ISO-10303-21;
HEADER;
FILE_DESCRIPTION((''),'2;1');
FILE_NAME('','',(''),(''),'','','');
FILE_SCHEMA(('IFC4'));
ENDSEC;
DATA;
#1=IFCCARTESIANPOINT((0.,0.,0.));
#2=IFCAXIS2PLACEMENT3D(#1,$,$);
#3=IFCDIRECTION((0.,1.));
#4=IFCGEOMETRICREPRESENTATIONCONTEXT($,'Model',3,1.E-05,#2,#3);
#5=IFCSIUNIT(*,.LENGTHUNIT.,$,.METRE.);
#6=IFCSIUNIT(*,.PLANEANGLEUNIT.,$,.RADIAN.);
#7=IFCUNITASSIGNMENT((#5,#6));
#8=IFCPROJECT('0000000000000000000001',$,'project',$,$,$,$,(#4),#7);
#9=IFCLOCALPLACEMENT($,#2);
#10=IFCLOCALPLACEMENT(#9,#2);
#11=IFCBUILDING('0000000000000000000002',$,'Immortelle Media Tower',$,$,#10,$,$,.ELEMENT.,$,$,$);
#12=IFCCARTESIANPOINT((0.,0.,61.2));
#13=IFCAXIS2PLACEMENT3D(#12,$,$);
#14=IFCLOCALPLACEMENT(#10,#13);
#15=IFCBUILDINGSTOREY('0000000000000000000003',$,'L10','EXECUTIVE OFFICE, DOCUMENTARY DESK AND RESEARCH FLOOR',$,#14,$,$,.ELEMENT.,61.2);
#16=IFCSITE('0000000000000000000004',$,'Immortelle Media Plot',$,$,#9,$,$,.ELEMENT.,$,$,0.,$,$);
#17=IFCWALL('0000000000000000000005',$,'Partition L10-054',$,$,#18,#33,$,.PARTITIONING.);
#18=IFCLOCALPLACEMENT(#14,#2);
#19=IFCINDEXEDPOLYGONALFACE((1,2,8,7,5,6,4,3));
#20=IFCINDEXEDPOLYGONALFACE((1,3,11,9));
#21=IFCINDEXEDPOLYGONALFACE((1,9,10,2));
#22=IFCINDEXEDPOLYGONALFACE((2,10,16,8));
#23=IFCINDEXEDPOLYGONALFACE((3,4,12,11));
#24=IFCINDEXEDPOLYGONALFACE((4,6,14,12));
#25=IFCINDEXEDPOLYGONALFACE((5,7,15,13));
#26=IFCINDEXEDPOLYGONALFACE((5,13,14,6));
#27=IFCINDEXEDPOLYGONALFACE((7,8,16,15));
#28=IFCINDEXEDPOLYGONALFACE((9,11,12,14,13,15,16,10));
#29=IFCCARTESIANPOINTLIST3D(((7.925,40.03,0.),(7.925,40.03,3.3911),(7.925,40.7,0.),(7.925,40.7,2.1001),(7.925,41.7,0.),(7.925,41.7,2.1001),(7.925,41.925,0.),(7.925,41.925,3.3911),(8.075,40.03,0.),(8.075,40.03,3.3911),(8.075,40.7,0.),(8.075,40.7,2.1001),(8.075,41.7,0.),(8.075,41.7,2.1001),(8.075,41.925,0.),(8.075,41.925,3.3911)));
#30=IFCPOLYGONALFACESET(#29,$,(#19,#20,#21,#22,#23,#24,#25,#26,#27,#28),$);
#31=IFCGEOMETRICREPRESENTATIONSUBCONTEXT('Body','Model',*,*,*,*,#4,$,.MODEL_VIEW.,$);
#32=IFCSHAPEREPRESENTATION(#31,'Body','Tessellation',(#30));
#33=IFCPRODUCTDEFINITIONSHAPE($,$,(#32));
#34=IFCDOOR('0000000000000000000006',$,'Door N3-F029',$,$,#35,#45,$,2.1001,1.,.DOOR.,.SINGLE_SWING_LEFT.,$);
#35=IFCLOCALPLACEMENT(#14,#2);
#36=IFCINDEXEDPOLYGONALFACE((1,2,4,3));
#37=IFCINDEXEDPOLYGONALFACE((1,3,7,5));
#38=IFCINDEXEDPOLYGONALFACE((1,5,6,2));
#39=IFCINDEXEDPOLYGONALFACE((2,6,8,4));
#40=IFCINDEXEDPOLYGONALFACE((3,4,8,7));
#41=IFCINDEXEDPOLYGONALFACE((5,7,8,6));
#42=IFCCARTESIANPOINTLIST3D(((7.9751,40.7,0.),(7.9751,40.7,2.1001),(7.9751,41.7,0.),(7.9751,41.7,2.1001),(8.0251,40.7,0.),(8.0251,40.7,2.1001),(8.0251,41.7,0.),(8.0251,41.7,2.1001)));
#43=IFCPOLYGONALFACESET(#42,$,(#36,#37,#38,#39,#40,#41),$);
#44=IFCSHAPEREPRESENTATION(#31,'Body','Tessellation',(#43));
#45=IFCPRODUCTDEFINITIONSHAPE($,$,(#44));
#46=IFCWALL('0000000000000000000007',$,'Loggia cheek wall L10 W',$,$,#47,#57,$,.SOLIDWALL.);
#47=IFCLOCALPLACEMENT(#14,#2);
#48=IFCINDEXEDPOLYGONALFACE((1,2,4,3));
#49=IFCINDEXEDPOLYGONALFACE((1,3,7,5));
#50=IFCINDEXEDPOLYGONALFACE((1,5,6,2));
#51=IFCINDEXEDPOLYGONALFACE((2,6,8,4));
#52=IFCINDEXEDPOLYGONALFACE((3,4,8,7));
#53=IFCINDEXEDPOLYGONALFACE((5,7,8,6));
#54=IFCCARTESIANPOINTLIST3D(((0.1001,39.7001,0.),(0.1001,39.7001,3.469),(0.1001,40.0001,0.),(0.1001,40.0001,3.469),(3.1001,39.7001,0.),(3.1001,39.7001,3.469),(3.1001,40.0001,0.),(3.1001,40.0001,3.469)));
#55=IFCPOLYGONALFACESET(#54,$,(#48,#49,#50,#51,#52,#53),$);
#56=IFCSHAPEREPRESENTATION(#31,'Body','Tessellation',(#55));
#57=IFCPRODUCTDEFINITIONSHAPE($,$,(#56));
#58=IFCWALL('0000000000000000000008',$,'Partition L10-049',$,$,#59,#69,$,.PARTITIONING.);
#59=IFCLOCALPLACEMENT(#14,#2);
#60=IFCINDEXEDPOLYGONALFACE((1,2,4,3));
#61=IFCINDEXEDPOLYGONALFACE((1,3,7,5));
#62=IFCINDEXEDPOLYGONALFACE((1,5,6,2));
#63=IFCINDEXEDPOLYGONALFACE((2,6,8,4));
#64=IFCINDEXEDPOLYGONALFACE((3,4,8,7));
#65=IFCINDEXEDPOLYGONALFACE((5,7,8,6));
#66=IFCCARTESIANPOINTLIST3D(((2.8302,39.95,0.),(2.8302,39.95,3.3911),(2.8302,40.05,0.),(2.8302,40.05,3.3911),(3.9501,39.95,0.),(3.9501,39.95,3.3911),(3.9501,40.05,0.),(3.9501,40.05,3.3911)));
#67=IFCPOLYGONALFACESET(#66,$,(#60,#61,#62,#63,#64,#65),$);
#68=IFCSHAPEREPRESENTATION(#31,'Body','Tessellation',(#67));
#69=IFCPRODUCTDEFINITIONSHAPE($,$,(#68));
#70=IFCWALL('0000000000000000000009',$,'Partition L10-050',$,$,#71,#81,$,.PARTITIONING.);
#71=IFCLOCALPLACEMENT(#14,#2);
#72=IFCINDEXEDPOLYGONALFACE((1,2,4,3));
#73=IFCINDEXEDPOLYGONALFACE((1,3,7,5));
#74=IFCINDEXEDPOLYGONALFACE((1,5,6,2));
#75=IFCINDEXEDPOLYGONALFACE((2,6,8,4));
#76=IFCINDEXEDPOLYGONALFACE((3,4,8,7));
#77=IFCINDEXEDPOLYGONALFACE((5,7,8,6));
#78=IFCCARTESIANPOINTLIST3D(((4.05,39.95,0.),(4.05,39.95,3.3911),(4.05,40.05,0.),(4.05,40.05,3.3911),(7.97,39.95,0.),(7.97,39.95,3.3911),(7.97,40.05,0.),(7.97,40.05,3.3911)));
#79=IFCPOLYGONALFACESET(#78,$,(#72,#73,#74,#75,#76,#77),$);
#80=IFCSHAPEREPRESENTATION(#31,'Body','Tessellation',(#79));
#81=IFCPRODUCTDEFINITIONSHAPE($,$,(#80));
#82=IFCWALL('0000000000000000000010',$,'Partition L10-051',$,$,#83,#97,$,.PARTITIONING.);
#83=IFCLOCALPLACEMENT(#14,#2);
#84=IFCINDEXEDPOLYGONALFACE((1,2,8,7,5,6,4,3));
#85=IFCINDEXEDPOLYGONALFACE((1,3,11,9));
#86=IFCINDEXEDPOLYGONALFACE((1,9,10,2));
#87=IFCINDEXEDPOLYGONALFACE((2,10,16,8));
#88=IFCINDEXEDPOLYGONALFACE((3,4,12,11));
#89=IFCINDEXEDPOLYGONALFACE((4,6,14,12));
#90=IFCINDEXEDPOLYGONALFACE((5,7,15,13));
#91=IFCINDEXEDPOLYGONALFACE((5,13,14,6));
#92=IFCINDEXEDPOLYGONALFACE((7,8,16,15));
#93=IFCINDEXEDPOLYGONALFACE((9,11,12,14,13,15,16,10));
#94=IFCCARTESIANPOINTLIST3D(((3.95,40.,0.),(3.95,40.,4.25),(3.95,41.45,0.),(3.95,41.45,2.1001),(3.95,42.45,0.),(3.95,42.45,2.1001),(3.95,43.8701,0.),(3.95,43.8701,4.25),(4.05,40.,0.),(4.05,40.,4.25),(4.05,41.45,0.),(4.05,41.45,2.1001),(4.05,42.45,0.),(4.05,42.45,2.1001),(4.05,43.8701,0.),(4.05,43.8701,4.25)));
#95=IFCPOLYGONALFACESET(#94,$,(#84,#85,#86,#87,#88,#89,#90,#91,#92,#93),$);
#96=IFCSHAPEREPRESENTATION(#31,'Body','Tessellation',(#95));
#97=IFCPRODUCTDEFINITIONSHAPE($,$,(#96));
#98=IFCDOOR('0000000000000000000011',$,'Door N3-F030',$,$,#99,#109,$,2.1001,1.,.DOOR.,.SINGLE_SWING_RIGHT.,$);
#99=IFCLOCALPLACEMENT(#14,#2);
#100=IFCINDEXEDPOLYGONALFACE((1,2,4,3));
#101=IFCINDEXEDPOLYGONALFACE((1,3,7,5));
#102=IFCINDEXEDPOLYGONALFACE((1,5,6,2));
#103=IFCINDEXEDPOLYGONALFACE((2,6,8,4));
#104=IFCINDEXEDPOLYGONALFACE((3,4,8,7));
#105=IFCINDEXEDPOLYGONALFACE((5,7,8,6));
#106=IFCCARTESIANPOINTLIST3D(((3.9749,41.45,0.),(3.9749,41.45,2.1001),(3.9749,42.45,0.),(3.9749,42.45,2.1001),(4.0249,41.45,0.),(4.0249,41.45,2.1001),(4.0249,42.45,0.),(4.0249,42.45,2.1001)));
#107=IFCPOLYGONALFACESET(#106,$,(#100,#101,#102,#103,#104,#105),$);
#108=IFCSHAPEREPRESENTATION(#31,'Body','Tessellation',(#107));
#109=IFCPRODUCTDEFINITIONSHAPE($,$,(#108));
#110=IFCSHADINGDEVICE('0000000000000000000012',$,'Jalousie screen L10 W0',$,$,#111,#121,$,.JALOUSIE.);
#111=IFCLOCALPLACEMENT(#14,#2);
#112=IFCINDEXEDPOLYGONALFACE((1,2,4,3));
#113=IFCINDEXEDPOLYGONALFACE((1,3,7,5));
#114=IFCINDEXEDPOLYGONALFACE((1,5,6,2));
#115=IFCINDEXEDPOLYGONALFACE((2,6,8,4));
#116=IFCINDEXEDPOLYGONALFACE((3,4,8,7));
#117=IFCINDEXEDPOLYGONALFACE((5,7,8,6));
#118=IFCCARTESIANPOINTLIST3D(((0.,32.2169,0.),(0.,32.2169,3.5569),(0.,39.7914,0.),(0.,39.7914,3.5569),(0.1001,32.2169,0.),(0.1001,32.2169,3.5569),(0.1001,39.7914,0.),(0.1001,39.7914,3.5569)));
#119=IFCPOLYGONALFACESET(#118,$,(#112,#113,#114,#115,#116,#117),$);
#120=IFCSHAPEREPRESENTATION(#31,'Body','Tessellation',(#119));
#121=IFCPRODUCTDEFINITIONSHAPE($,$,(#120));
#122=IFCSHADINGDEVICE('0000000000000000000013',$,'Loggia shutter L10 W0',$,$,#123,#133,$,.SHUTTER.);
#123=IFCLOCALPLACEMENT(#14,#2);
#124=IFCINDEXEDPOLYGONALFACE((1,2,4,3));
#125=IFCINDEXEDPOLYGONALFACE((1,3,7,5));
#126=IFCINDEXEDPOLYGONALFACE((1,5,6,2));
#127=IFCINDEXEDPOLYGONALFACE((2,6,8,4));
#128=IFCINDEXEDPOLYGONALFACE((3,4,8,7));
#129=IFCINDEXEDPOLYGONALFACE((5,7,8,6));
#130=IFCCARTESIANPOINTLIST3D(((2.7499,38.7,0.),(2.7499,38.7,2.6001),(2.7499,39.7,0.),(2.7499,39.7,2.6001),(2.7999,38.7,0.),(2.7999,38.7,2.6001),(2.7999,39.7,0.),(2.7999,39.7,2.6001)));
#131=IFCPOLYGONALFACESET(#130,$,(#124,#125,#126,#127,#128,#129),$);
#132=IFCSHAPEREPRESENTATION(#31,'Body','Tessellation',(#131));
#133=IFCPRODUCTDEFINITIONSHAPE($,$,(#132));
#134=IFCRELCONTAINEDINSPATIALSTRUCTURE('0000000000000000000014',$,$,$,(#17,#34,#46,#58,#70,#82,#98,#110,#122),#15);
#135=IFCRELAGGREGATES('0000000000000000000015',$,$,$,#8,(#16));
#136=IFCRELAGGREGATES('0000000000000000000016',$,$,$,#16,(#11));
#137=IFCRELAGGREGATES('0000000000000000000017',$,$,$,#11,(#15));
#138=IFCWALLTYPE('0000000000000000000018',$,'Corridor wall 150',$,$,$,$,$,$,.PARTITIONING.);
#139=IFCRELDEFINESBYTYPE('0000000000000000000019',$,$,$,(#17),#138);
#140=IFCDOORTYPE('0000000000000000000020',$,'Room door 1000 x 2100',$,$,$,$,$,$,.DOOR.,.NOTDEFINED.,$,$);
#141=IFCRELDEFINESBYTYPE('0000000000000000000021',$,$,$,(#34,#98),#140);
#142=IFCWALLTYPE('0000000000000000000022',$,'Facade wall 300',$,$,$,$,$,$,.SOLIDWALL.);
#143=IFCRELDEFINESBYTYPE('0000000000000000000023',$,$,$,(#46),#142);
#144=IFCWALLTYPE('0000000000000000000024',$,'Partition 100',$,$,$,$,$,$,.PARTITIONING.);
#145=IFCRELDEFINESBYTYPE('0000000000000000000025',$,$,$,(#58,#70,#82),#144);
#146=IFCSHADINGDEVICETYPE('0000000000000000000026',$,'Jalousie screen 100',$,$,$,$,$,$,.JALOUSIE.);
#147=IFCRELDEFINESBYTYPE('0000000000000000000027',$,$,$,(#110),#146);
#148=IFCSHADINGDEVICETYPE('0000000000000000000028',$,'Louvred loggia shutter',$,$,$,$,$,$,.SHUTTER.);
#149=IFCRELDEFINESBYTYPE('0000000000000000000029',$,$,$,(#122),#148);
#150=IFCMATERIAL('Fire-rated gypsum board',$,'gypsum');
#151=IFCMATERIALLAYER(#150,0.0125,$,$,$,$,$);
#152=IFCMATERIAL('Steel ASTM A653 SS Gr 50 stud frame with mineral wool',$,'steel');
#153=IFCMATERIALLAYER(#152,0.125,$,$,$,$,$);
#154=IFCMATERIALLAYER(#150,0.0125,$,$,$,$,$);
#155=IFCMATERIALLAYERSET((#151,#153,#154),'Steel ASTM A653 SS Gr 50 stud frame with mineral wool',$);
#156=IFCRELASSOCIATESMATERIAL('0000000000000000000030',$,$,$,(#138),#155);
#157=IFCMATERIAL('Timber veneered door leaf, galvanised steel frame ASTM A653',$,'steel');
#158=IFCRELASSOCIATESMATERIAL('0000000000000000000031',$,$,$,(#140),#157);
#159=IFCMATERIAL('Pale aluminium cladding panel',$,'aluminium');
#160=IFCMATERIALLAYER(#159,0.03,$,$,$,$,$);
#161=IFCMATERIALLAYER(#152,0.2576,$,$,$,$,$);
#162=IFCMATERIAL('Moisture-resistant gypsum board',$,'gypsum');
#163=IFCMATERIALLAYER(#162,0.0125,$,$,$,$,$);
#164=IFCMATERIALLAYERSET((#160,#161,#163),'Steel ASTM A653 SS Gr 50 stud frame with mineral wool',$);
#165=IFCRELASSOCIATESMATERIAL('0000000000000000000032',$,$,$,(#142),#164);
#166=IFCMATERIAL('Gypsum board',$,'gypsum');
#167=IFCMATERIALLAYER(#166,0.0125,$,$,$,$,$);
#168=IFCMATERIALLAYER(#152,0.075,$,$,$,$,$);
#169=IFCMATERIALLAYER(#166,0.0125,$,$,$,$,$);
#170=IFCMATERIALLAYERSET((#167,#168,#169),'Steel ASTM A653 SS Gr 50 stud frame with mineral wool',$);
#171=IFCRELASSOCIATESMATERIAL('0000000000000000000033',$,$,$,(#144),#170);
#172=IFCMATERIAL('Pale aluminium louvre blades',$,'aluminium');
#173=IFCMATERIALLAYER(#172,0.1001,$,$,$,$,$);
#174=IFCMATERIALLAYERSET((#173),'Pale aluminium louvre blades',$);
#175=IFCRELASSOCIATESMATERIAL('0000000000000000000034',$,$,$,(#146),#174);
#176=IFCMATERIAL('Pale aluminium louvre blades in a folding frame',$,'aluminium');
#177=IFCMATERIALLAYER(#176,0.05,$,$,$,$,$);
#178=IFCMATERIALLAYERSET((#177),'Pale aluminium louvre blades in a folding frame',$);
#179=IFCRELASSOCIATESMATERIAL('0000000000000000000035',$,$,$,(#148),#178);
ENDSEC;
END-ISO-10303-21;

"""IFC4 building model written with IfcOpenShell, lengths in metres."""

from ifc_helpers import new_model, si_unit, direction, frame, frame_2d, origin, origin_2d, place, context, subcontext, project, spatial, rectangle, extrude, material, layer, layer_set, type_object, element, fill, save


model = new_model("IFC4")

# Units and contexts
model_context = context("Model", 3, precision=1e-05, world=origin(), true_north=direction((0.0, 1.0)))
body_context = subcontext(model_context, "Body", "Model", "MODEL_VIEW")
ifc_project = project(units=[si_unit("LENGTHUNIT", "METRE"), si_unit("PLANEANGLEUNIT", "RADIAN")], contexts=[model_context])

# Site, building, storey
site_placement = place(None, origin())
site = spatial("IfcSite", under=ifc_project, at=site_placement, Name="Immortelle Media Plot", CompositionType="ELEMENT", RefElevation=0.0)
building_placement = place(site_placement, origin())
building = spatial("IfcBuilding", under=site, at=building_placement, Name="Immortelle Media Tower", CompositionType="ELEMENT")
storey_placement = place(building_placement, frame((0.0, 0.0, 61.2)))
storey = spatial("IfcBuildingStorey", under=building, at=storey_placement, Name="L10", Description="EXECUTIVE OFFICE, DOCUMENTARY DESK AND RESEARCH FLOOR", CompositionType="ELEMENT", Elevation=61.2)

# Wall, opening, door
ifc_material_1 = material(Name="Fire-rated gypsum board", Category="gypsum")
ifc_layer_1 = layer(ifc_material_1, 0.0125)
ifc_material_2 = material(Name="Steel ASTM A653 SS Gr 50 stud frame with mineral wool", Category="steel")
ifc_layer_2 = layer(ifc_material_2, 0.125)
ifc_layer_3 = layer(ifc_material_1, 0.0125)
ifc_layer_set_1 = layer_set([ifc_layer_1, ifc_layer_2, ifc_layer_3], Name="Steel ASTM A653 SS Gr 50 stud frame with mineral wool")
wall_type_1 = type_object("IfcWallType", Name="Corridor wall 150", PredefinedType="PARTITIONING", material=ifc_layer_set_1)
wall_1_placement = place(storey_placement, frame((8.0, 40.03, 0.0), z_axis=(0.0, 0.0, 1.0), x_axis=(0.0, 1.0, 0.0)))
wall_1 = element("IfcWall", 1, at=wall_1_placement, inside=storey, type_object=wall_type_1, Name="Partition L10-054", PredefinedType="PARTITIONING", context=body_context, shape_type="SweptSolid", body=[
    extrude(rectangle(XDim=1.895, YDim=0.1499, at=frame_2d((0.9475, 0.0))), origin(), (0.0, 0.0, 1.0), 3.3911),
])
opening_1_placement = place(wall_1_placement, frame((0.6699, 0.0, 0.0)))
opening_1 = element("IfcOpeningElement", 2, at=opening_1_placement, cuts=wall_1, PredefinedType="OPENING", context=body_context, shape_type="SweptSolid", body=[
    extrude(rectangle(XDim=1.0, YDim=2.1001, at=frame_2d((0.5, 1.05))), frame((0.0, 0.085, 0.0), z_axis=(0.0, -1.0, 0.0), x_axis=(1.0, 0.0, 0.0)), (0.0, 0.0, 1.0), 0.1699),
])
ifc_material_3 = material(Name="Timber veneered door leaf, galvanised steel frame ASTM A653", Category="steel")
door_type_1 = type_object("IfcDoorType", Name="Room door 1000 x 2100", OperationType="NOTDEFINED", PredefinedType="DOOR", material=ifc_material_3)
door_1_placement = place(opening_1_placement, origin())
door_1 = element("IfcDoor", 3, at=door_1_placement, inside=storey, type_object=door_type_1, Name="Door N3-F029", OperationType="SINGLE_SWING_LEFT", OverallHeight=2.1001, OverallWidth=1.0, PredefinedType="DOOR", context=body_context, shape_type="SweptSolid", body=[
    extrude(rectangle(XDim=1.0, YDim=2.1001, at=frame_2d((0.5, 1.05))), frame((0.0, 0.0249, 0.0), z_axis=(0.0, -1.0, 0.0), x_axis=(1.0, 0.0, 0.0)), (0.0, 0.0, 1.0), 0.05),
])
fill(opening_1, door_1)

# Shared definitions
ifc_material_4 = material(Name="Pale aluminium cladding panel", Category="aluminium")
ifc_layer_4 = layer(ifc_material_4, 0.03)
ifc_layer_5 = layer(ifc_material_2, 0.2576)
ifc_material_5 = material(Name="Moisture-resistant gypsum board", Category="gypsum")
ifc_layer_6 = layer(ifc_material_5, 0.0125)
ifc_layer_set_2 = layer_set([ifc_layer_4, ifc_layer_5, ifc_layer_6], Name="Steel ASTM A653 SS Gr 50 stud frame with mineral wool")
wall_type_2 = type_object("IfcWallType", Name="Facade wall 300", PredefinedType="SOLIDWALL", material=ifc_layer_set_2)

# Walls
wall_2_placement = place(storey_placement, frame((0.1001, 39.8501, 0.0), z_axis=(0.0, 0.0, 1.0), x_axis=(1.0, 0.0, 0.0)))
element("IfcWall", 4, at=wall_2_placement, inside=storey, type_object=wall_type_2, Name="Loggia cheek wall L10 W", PredefinedType="SOLIDWALL", context=body_context, shape_type="SweptSolid", body=[
    extrude(rectangle(XDim=3.0, YDim=0.3, at=frame_2d((1.5, 0.0))), origin(), (0.0, 0.0, 1.0), 3.469),
])
ifc_material_6 = material(Name="Gypsum board", Category="gypsum")
ifc_layer_7 = layer(ifc_material_6, 0.0125)
ifc_layer_8 = layer(ifc_material_2, 0.075)
ifc_layer_9 = layer(ifc_material_6, 0.0125)
ifc_layer_set_3 = layer_set([ifc_layer_7, ifc_layer_8, ifc_layer_9], Name="Steel ASTM A653 SS Gr 50 stud frame with mineral wool")
wall_type_3 = type_object("IfcWallType", Name="Partition 100", PredefinedType="PARTITIONING", material=ifc_layer_set_3)
wall_3_placement = place(storey_placement, frame((2.8301, 40.0, 0.0), z_axis=(0.0, 0.0, 1.0), x_axis=(1.0, 0.0, 0.0)))
element("IfcWall", 5, at=wall_3_placement, inside=storey, type_object=wall_type_3, Name="Partition L10-049", PredefinedType="PARTITIONING", context=body_context, shape_type="SweptSolid", body=[
    extrude(rectangle(XDim=1.1199, YDim=0.1001, at=frame_2d((0.5601, 0.0))), origin(), (0.0, 0.0, 1.0), 3.3911),
])
wall_4_placement = place(storey_placement, frame((4.05, 40.0, 0.0), z_axis=(0.0, 0.0, 1.0), x_axis=(1.0, 0.0, 0.0)))
element("IfcWall", 6, at=wall_4_placement, inside=storey, type_object=wall_type_3, Name="Partition L10-050", PredefinedType="PARTITIONING", context=body_context, shape_type="SweptSolid", body=[
    extrude(rectangle(XDim=3.9199, YDim=0.1001, at=frame_2d((1.96, 0.0))), origin(), (0.0, 0.0, 1.0), 3.3911),
])

# Wall, opening, door
wall_5_placement = place(storey_placement, frame((4.0, 40.0, 0.0), z_axis=(0.0, 0.0, 1.0), x_axis=(0.0, 1.0, 0.0)))
wall_5 = element("IfcWall", 7, at=wall_5_placement, inside=storey, type_object=wall_type_3, Name="Partition L10-051", PredefinedType="PARTITIONING", context=body_context, shape_type="SweptSolid", body=[
    extrude(rectangle(XDim=3.8701, YDim=0.1001, at=frame_2d((1.9351, 0.0))), origin(), (0.0, 0.0, 1.0), 4.25),
])
opening_2_placement = place(wall_5_placement, frame((2.45, 0.0, 0.0), z_axis=(0.0, 0.0, 1.0), x_axis=(-1.0, 0.0, 0.0)))
opening_2 = element("IfcOpeningElement", 8, at=opening_2_placement, cuts=wall_5, PredefinedType="OPENING", context=body_context, shape_type="SweptSolid", body=[
    extrude(rectangle(XDim=1.0, YDim=2.1001, at=frame_2d((0.5, 1.05))), frame((0.0, 0.0601, 0.0), z_axis=(0.0, -1.0, 0.0), x_axis=(1.0, 0.0, 0.0)), (0.0, 0.0, 1.0), 0.1201),
])
door_2_placement = place(opening_2_placement, origin())
door_2 = element("IfcDoor", 9, at=door_2_placement, inside=storey, type_object=door_type_1, Name="Door N3-F030", OperationType="SINGLE_SWING_RIGHT", OverallHeight=2.1001, OverallWidth=1.0, PredefinedType="DOOR", context=body_context, shape_type="SweptSolid", body=[
    extrude(rectangle(XDim=1.0, YDim=2.1001, at=frame_2d((0.5, 1.05))), frame((0.0, 0.0249, 0.0), z_axis=(0.0, -1.0, 0.0), x_axis=(1.0, 0.0, 0.0)), (0.0, 0.0, 1.0), 0.05),
])
fill(opening_2, door_2)

# Shading devices
ifc_material_7 = material(Name="Pale aluminium louvre blades", Category="aluminium")
ifc_layer_10 = layer(ifc_material_7, 0.1001)
ifc_layer_set_4 = layer_set([ifc_layer_10], Name="Pale aluminium louvre blades")
shading_device_type_1 = type_object("IfcShadingDeviceType", Name="Jalousie screen 100", PredefinedType="JALOUSIE", material=ifc_layer_set_4)
shading_device_1_placement = place(storey_placement, frame((0.05, 36.0042, 0.0), z_axis=(0.0, 0.0, 1.0), x_axis=(0.0, -1.0, 0.0)))
element("IfcShadingDevice", 10, at=shading_device_1_placement, inside=storey, type_object=shading_device_type_1, Name="Jalousie screen L10 W0", PredefinedType="JALOUSIE", context=body_context, shape_type="SweptSolid", body=[
    extrude(rectangle(XDim=7.5745, YDim=0.1001, at=origin_2d()), origin(), (0.0, 0.0, 1.0), 3.5569),
])
ifc_material_8 = material(Name="Pale aluminium louvre blades in a folding frame", Category="aluminium")
ifc_layer_11 = layer(ifc_material_8, 0.05)
ifc_layer_set_5 = layer_set([ifc_layer_11], Name="Pale aluminium louvre blades in a folding frame")
shading_device_type_2 = type_object("IfcShadingDeviceType", Name="Louvred loggia shutter", PredefinedType="SHUTTER", material=ifc_layer_set_5)
shading_device_2_placement = place(storey_placement, frame((2.7749, 39.2, 0.0), z_axis=(0.0, 0.0, 1.0), x_axis=(0.0, -1.0, 0.0)))
element("IfcShadingDevice", 11, at=shading_device_2_placement, inside=storey, type_object=shading_device_type_2, Name="Loggia shutter L10 W0", PredefinedType="SHUTTER", context=body_context, shape_type="SweptSolid", body=[
    extrude(rectangle(XDim=1.0, YDim=0.05, at=origin_2d()), origin(), (0.0, 0.0, 1.0), 2.6001),
])

save(model, "model.ifc")
